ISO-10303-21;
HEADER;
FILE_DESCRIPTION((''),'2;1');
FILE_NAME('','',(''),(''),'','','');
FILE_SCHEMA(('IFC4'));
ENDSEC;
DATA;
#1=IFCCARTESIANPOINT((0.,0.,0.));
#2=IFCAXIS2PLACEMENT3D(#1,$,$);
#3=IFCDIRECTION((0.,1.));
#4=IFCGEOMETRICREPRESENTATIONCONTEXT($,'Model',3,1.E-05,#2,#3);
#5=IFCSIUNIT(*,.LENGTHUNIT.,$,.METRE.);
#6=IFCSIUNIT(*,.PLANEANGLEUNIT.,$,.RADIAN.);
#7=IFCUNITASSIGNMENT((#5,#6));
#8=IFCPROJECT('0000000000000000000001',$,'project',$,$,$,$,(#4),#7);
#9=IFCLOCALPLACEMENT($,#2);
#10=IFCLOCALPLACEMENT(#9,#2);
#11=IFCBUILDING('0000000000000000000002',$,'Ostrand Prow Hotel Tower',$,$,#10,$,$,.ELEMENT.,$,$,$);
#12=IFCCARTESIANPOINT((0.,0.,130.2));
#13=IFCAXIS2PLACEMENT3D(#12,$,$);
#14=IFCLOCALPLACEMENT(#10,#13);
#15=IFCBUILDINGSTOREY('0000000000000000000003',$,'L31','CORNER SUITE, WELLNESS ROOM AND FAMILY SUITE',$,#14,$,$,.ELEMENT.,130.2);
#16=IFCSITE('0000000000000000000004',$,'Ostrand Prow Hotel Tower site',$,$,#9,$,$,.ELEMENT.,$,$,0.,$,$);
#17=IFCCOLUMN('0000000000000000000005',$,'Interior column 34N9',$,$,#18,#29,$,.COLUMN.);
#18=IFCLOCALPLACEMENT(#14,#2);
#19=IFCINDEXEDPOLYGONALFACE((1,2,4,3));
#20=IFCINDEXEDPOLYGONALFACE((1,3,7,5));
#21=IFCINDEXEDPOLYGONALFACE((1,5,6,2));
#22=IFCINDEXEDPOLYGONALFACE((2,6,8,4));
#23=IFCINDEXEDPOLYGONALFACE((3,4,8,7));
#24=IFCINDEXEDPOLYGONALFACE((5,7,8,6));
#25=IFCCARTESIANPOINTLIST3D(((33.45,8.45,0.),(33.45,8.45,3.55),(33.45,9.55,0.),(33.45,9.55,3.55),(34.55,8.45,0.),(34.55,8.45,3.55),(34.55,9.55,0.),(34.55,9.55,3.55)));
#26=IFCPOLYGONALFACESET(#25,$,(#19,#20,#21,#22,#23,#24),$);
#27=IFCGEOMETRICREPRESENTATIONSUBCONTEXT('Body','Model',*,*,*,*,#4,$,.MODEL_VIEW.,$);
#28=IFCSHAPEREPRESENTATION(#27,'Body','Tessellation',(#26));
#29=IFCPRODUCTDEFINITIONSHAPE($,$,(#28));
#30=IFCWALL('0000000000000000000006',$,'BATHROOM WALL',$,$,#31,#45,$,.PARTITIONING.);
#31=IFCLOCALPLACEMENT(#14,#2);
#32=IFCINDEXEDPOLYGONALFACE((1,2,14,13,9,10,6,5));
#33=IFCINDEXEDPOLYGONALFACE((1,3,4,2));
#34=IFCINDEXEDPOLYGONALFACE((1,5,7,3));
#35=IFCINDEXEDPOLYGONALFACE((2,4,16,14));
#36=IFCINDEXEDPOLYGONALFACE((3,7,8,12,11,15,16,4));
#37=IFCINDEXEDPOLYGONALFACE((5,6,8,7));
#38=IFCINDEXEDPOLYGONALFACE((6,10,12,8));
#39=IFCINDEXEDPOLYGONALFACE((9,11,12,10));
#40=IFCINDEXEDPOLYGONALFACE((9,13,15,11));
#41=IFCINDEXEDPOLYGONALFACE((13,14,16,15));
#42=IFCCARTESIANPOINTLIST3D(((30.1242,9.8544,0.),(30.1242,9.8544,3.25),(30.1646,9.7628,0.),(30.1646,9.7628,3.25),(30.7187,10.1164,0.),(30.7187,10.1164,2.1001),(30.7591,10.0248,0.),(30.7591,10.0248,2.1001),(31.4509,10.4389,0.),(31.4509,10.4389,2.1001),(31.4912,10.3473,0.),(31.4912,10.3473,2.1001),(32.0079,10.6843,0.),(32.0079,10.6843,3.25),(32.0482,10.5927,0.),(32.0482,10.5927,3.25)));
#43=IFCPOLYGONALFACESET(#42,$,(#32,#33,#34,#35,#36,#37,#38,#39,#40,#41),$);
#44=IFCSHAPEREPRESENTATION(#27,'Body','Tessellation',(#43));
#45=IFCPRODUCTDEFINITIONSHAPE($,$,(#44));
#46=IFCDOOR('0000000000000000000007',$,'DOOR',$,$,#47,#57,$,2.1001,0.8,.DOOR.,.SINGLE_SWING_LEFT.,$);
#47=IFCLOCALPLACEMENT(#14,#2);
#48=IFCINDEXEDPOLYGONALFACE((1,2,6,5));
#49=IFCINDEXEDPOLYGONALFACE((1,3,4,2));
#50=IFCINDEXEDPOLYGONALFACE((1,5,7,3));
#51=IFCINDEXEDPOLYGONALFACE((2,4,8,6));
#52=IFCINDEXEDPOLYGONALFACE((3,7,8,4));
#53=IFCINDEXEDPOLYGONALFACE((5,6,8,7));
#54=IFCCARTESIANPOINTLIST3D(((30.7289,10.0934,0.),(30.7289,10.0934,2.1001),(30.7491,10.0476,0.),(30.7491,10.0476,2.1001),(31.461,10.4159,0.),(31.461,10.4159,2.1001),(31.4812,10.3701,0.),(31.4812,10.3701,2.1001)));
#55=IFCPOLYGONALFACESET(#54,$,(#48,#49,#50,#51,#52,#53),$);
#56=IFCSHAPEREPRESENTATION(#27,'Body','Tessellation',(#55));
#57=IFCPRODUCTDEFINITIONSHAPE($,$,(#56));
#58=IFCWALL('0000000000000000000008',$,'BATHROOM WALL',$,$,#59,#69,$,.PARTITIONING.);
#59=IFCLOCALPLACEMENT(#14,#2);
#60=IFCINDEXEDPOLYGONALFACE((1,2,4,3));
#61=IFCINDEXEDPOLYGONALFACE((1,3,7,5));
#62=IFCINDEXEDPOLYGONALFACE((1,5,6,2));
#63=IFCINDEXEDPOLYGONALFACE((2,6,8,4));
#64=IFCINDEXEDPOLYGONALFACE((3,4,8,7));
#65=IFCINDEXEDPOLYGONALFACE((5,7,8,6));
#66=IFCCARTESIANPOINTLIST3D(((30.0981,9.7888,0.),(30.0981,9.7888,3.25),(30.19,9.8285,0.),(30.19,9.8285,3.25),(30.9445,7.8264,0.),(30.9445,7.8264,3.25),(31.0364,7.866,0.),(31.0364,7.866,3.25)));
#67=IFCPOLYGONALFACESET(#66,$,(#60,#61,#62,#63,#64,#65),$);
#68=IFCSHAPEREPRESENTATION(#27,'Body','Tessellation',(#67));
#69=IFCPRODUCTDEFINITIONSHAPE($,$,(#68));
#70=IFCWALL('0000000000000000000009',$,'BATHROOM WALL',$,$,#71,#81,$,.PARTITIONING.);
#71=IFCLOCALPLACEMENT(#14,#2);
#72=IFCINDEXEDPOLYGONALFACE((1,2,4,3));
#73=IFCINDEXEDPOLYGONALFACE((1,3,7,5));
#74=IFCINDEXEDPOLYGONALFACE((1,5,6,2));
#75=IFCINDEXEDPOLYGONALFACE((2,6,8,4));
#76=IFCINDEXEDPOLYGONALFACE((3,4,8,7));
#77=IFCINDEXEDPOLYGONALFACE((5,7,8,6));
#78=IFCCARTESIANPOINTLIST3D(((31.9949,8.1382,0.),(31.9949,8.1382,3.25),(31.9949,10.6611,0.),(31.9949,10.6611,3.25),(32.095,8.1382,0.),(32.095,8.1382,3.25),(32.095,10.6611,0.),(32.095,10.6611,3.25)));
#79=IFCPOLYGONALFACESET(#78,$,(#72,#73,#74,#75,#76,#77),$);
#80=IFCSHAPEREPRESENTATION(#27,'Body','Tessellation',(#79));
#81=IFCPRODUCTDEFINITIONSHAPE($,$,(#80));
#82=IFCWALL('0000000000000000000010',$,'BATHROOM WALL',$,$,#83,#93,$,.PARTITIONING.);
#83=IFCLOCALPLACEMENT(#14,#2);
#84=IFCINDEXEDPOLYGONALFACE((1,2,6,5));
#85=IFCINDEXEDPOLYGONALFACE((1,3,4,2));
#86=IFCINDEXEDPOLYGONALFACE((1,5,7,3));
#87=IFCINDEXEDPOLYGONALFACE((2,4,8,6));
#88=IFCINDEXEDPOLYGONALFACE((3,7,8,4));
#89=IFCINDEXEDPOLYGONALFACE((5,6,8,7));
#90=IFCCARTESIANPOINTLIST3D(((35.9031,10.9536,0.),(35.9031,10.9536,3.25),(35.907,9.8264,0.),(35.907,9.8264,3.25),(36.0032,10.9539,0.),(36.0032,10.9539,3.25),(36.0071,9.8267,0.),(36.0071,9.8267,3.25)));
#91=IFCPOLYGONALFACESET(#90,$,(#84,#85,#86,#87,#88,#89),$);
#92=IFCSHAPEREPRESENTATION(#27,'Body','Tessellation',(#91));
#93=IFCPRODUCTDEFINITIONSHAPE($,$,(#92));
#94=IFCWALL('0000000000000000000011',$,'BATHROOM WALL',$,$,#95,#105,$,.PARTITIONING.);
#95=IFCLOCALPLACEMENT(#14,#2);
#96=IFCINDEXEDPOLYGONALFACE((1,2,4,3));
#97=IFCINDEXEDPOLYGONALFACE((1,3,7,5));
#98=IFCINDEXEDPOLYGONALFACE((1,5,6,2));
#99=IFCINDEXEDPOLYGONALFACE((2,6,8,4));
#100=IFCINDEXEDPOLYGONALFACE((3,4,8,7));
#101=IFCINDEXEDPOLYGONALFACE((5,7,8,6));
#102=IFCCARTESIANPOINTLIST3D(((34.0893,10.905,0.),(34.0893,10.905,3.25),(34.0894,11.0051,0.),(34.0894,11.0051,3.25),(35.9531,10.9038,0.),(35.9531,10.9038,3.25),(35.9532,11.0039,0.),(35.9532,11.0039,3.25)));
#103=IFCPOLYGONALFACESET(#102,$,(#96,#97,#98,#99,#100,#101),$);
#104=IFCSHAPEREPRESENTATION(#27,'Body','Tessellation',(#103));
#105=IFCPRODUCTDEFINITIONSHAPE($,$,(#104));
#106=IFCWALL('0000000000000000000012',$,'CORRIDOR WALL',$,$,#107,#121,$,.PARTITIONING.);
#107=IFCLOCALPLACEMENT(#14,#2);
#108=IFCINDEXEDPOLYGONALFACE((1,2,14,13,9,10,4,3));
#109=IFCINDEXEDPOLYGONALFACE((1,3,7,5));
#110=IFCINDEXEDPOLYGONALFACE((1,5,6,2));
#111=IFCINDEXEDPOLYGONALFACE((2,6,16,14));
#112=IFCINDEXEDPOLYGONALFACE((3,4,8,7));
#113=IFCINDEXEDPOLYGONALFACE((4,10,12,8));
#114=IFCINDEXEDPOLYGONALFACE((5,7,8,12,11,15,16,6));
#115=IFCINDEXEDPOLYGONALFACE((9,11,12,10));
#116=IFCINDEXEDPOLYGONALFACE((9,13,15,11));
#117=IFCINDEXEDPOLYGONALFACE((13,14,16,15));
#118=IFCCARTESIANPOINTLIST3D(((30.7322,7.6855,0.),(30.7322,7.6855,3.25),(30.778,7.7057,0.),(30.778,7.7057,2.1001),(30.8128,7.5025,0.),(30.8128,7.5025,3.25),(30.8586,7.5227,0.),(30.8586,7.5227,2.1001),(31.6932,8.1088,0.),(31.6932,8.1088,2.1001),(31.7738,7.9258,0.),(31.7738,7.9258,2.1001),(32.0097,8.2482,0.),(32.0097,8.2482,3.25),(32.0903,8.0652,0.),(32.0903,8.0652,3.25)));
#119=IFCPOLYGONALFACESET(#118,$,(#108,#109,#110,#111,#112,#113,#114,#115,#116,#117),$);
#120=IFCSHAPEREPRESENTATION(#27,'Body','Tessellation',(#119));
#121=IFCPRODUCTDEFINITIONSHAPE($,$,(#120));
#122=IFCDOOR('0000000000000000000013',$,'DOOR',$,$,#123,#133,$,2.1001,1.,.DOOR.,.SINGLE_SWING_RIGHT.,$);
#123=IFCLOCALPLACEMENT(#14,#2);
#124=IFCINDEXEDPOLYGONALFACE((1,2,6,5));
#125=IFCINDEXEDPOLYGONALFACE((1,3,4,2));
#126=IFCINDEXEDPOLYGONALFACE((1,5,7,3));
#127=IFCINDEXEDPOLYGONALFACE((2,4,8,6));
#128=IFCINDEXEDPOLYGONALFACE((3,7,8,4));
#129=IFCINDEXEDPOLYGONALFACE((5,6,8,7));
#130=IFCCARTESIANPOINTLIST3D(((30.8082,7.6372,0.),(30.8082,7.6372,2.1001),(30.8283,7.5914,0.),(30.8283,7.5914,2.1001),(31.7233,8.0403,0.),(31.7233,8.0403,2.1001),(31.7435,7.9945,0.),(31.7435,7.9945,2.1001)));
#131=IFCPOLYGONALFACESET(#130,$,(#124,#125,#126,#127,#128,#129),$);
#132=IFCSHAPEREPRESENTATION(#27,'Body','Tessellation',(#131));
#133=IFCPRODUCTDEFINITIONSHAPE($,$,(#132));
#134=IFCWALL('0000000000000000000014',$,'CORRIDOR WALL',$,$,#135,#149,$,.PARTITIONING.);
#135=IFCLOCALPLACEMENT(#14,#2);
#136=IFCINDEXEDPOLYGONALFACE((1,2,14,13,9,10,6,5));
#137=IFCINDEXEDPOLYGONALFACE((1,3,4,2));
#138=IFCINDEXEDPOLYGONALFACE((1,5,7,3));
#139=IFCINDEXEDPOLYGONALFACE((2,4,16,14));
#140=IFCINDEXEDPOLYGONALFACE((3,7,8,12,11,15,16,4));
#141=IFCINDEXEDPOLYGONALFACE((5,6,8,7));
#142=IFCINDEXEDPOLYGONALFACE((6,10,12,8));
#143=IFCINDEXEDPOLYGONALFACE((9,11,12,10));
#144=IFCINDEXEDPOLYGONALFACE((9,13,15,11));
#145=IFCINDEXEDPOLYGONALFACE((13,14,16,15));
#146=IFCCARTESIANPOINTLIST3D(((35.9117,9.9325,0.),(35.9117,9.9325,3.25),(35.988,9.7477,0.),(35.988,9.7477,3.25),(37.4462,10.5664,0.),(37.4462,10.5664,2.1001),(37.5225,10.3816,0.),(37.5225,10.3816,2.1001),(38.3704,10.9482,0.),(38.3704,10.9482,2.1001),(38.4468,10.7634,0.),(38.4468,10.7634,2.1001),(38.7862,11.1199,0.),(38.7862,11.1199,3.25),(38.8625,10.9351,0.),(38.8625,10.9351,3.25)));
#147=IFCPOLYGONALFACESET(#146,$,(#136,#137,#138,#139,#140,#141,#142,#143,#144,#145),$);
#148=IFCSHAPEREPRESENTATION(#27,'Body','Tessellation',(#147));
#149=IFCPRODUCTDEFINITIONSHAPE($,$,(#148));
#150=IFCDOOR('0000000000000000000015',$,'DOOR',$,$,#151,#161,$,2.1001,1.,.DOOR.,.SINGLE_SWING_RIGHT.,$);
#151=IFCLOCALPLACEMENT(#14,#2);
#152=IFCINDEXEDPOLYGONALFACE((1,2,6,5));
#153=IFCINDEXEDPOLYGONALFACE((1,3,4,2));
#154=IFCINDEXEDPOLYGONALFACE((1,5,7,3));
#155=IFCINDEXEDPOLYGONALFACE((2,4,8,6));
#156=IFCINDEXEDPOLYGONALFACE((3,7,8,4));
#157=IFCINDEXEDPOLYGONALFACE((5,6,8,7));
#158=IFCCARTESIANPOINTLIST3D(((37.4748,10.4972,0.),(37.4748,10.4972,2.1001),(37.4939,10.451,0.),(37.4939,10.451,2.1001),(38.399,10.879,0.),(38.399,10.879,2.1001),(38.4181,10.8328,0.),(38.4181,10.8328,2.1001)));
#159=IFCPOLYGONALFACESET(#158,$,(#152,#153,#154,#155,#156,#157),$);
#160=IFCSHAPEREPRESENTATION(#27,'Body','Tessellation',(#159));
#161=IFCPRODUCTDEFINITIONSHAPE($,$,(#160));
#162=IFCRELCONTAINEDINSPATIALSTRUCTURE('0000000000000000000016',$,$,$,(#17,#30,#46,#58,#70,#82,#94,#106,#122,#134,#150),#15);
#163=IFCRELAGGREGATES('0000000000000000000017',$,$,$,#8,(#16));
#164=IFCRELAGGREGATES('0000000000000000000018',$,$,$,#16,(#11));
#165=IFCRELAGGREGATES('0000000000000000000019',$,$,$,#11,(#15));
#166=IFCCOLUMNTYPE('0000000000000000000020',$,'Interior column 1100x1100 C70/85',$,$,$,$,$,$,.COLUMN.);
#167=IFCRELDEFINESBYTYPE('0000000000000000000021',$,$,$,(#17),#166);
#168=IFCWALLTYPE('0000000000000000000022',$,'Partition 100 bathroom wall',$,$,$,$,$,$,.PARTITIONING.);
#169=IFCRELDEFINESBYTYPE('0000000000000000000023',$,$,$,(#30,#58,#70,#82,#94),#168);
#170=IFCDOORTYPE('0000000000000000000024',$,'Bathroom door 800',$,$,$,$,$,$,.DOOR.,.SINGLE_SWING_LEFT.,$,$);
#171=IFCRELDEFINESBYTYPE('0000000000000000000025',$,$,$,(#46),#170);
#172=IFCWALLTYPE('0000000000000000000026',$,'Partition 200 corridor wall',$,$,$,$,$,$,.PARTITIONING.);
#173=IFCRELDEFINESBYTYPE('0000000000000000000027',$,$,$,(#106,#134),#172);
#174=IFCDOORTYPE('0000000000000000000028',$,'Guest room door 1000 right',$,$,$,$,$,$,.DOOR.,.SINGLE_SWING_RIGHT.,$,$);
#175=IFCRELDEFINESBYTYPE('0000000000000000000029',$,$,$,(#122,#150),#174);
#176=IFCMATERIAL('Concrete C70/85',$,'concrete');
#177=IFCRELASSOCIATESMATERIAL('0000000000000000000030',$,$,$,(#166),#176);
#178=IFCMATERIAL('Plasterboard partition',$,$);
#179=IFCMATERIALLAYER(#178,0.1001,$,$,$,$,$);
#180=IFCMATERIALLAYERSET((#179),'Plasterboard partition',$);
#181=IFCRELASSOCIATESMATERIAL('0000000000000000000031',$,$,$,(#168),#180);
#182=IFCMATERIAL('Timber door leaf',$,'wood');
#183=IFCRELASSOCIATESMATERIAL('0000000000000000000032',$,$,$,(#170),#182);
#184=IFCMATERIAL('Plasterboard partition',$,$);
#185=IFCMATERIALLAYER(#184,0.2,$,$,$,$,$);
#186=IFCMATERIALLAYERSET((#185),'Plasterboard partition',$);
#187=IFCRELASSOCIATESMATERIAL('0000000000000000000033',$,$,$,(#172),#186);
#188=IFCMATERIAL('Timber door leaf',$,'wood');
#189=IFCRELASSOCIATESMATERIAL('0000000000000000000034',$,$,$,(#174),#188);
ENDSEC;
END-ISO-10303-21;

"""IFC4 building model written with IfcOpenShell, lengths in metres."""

from ifc_helpers import new_model, si_unit, direction, frame, frame_2d, origin, origin_2d, place, context, subcontext, project, spatial, rectangle, extrude, material, layer, layer_set, material_profile, profile_set, type_object, element, fill, save


model = new_model("IFC4")

# Units and contexts
model_context = context("Model", 3, precision=1e-05, world=origin(), true_north=direction((0.0, 1.0)))
body_context = subcontext(model_context, "Body", "Model", "MODEL_VIEW")
ifc_project = project(units=[si_unit("LENGTHUNIT", "METRE"), si_unit("PLANEANGLEUNIT", "RADIAN")], contexts=[model_context])

# Site, building, storey
site_placement = place(None, origin())
site = spatial("IfcSite", under=ifc_project, at=site_placement, Name="Ostrand Prow Hotel Tower site", CompositionType="ELEMENT", RefElevation=0.0)
building_placement = place(site_placement, origin())
building = spatial("IfcBuilding", under=site, at=building_placement, Name="Ostrand Prow Hotel Tower", CompositionType="ELEMENT")
storey_placement = place(building_placement, frame((0.0, 0.0, 130.2)))
storey = spatial("IfcBuildingStorey", under=building, at=storey_placement, Name="L31", Description="CORNER SUITE, WELLNESS ROOM AND FAMILY SUITE", CompositionType="ELEMENT", Elevation=130.2)

# Column
ifc_material_1 = material(Name="Concrete C70/85", Category="concrete")
ifc_material_profile = material_profile(ifc_material_1, rectangle(XDim=1.1001, YDim=1.1001, at=origin_2d()), Name="RC 1100x1100")
ifc_profile_set = profile_set([ifc_material_profile], Name="Concrete C70/85")
column_type = type_object("IfcColumnType", Name="Interior column 1100x1100 C70/85", PredefinedType="COLUMN", material=ifc_profile_set)
column_placement = place(storey_placement, frame((34.0, 9.0, 0.0), z_axis=(0.0, 0.0, 1.0), x_axis=(1.0, 0.0, 0.0)))
element("IfcColumn", 1, at=column_placement, inside=storey, type_object=column_type, Name="Interior column 34N9", PredefinedType="COLUMN", context=body_context, shape_type="SweptSolid", body=[
    extrude(rectangle(XDim=1.1001, YDim=1.1001, at=origin_2d()), origin(), (0.0, 0.0, 1.0), 3.55),
])

# Wall, opening, door
ifc_material_2 = material(Name="Plasterboard partition")
ifc_layer_1 = layer(ifc_material_2, 0.1001)
ifc_layer_set_1 = layer_set([ifc_layer_1], Name="Plasterboard partition")
wall_type_1 = type_object("IfcWallType", Name="Partition 100 bathroom wall", PredefinedType="PARTITIONING", material=ifc_layer_set_1)
wall_1_placement = place(storey_placement, frame((30.1443, 9.8086, 0.0), z_axis=(0.0, 0.0, 1.0), x_axis=(0.915123, 0.403176, 0.0)))
wall_1 = element("IfcWall", 2, at=wall_1_placement, inside=storey, type_object=wall_type_1, Name="BATHROOM WALL", PredefinedType="PARTITIONING", context=body_context, shape_type="SweptSolid", body=[
    extrude(rectangle(XDim=2.0583, YDim=0.1001, at=frame_2d((1.0293, 0.0))), origin(), (0.0, 0.0, 1.0), 3.25),
])
opening_1_placement = place(wall_1_placement, frame((0.6499, 0.0, 0.0)))
opening_1 = element("IfcOpeningElement", 3, at=opening_1_placement, cuts=wall_1, PredefinedType="OPENING", context=body_context, shape_type="SweptSolid", body=[
    extrude(rectangle(XDim=0.8, YDim=2.1001, at=frame_2d((0.3999, 1.05))), frame((0.0, 0.0601, 0.0), z_axis=(0.0, -1.0, 0.0), x_axis=(1.0, 0.0, 0.0)), (0.0, 0.0, 1.0), 0.1201),
])
ifc_material_3 = material(Name="Timber door leaf", Category="wood")
door_type_1 = type_object("IfcDoorType", Name="Bathroom door 800", OperationType="SINGLE_SWING_LEFT", PredefinedType="DOOR", material=ifc_material_3)
door_1_placement = place(opening_1_placement, origin())
door_1 = element("IfcDoor", 4, at=door_1_placement, inside=storey, type_object=door_type_1, Name="DOOR", OperationType="SINGLE_SWING_LEFT", OverallHeight=2.1001, OverallWidth=0.8, PredefinedType="DOOR", context=body_context, shape_type="SweptSolid", body=[
    extrude(rectangle(XDim=0.8, YDim=2.1001, at=frame_2d((0.3999, 1.05))), frame((0.0, 0.0249, 0.0), z_axis=(0.0, -1.0, 0.0), x_axis=(1.0, 0.0, 0.0)), (0.0, 0.0, 1.0), 0.05),
])
fill(opening_1, door_1)

# Walls
wall_2_placement = place(storey_placement, frame((30.9905, 7.8462, 0.0), z_axis=(0.0, 0.0, 1.0), x_axis=(-0.396055, 0.918227, 0.0)))
element("IfcWall", 5, at=wall_2_placement, inside=storey, type_object=wall_type_1, Name="BATHROOM WALL", PredefinedType="PARTITIONING", context=body_context, shape_type="SweptSolid", body=[
    extrude(rectangle(XDim=2.1372, YDim=0.1001, at=frame_2d((1.0686, 0.0))), origin(), (0.0, 0.0, 1.0), 3.25),
])
wall_3_placement = place(storey_placement, frame((32.0449, 10.6611, 0.0), z_axis=(0.0, 0.0, 1.0), x_axis=(0.0, -1.0, 0.0)))
element("IfcWall", 6, at=wall_3_placement, inside=storey, type_object=wall_type_1, Name="BATHROOM WALL", PredefinedType="PARTITIONING", context=body_context, shape_type="SweptSolid", body=[
    extrude(rectangle(XDim=2.5229, YDim=0.1001, at=frame_2d((1.2615, 0.0))), origin(), (0.0, 0.0, 1.0), 3.25),
])
wall_4_placement = place(storey_placement, frame((35.957, 9.8267, 0.0), z_axis=(0.0, 0.0, 1.0), x_axis=(-0.003465, 0.999994, 0.0)))
element("IfcWall", 7, at=wall_4_placement, inside=storey, type_object=wall_type_1, Name="BATHROOM WALL", PredefinedType="PARTITIONING", context=body_context, shape_type="SweptSolid", body=[
    extrude(rectangle(XDim=1.1272, YDim=0.1001, at=frame_2d((0.5635, 0.0))), origin(), (0.0, 0.0, 1.0), 3.25),
])
wall_5_placement = place(storey_placement, frame((35.9531, 10.9539, 0.0), z_axis=(0.0, 0.0, 1.0), x_axis=(-1.0, 0.000655, 0.0)))
element("IfcWall", 8, at=wall_5_placement, inside=storey, type_object=wall_type_1, Name="BATHROOM WALL", PredefinedType="PARTITIONING", context=body_context, shape_type="SweptSolid", body=[
    extrude(rectangle(XDim=1.8638, YDim=0.1001, at=frame_2d((0.9319, 0.0))), origin(), (0.0, 0.0, 1.0), 3.25),
])

# Walls, openings, doors
ifc_material_4 = material(Name="Plasterboard partition")
ifc_layer_2 = layer(ifc_material_4, 0.2)
ifc_layer_set_2 = layer_set([ifc_layer_2], Name="Plasterboard partition")
wall_type_2 = type_object("IfcWallType", Name="Partition 200 corridor wall", PredefinedType="PARTITIONING", material=ifc_layer_set_2)
wall_6_placement = place(storey_placement, frame((32.05, 8.1567, 0.0), z_axis=(0.0, 0.0, 1.0), x_axis=(-0.915155, -0.403102, 0.0)))
wall_6 = element("IfcWall", 9, at=wall_6_placement, inside=storey, type_object=wall_type_2, Name="CORRIDOR WALL", PredefinedType="PARTITIONING", context=body_context, shape_type="SweptSolid", body=[
    extrude(rectangle(XDim=1.396, YDim=0.2, at=frame_2d((0.698, 0.0))), origin(), (0.0, 0.0, 1.0), 3.25),
])
opening_2_placement = place(wall_6_placement, frame((0.3459, 0.0, 0.0)))
opening_2 = element("IfcOpeningElement", 10, at=opening_2_placement, cuts=wall_6, PredefinedType="OPENING", context=body_context, shape_type="SweptSolid", body=[
    extrude(rectangle(XDim=1.0, YDim=2.1001, at=frame_2d((0.5, 1.05))), frame((0.0, 0.1099, 0.0), z_axis=(0.0, -1.0, 0.0), x_axis=(1.0, 0.0, 0.0)), (0.0, 0.0, 1.0), 0.22),
])
ifc_material_5 = material(Name="Timber door leaf", Category="wood")
door_type_2 = type_object("IfcDoorType", Name="Guest room door 1000 right", OperationType="SINGLE_SWING_RIGHT", PredefinedType="DOOR", material=ifc_material_5)
door_2_placement = place(opening_2_placement, origin())
door_2 = element("IfcDoor", 11, at=door_2_placement, inside=storey, type_object=door_type_2, Name="DOOR", OperationType="SINGLE_SWING_RIGHT", OverallHeight=2.1001, OverallWidth=1.0, PredefinedType="DOOR", context=body_context, shape_type="SweptSolid", body=[
    extrude(rectangle(XDim=1.0, YDim=2.1001, at=frame_2d((0.5, 1.05))), frame((0.0, 0.0249, 0.0), z_axis=(0.0, -1.0, 0.0), x_axis=(1.0, 0.0, 0.0)), (0.0, 0.0, 1.0), 0.05),
])
fill(opening_2, door_2)
wall_7_placement = place(storey_placement, frame((38.8245, 11.0276, 0.0), z_axis=(0.0, 0.0, 1.0), x_axis=(-0.924239, -0.381816, 0.0)))
wall_7 = element("IfcWall", 12, at=wall_7_placement, inside=storey, type_object=wall_type_2, Name="CORRIDOR WALL", PredefinedType="PARTITIONING", context=body_context, shape_type="SweptSolid", body=[
    extrude(rectangle(XDim=3.1101, YDim=0.2, at=frame_2d((1.5552, 0.0))), origin(), (0.0, 0.0, 1.0), 3.25),
])
opening_3_placement = place(wall_7_placement, frame((0.45, 0.0, 0.0)))
opening_3 = element("IfcOpeningElement", 13, at=opening_3_placement, cuts=wall_7, PredefinedType="OPENING", context=body_context, shape_type="SweptSolid", body=[
    extrude(rectangle(XDim=1.0, YDim=2.1001, at=frame_2d((0.5, 1.05))), frame((0.0, 0.1099, 0.0), z_axis=(0.0, -1.0, 0.0), x_axis=(1.0, 0.0, 0.0)), (0.0, 0.0, 1.0), 0.22),
])
door_3_placement = place(opening_3_placement, origin())
door_3 = element("IfcDoor", 14, at=door_3_placement, inside=storey, type_object=door_type_2, Name="DOOR", OperationType="SINGLE_SWING_RIGHT", OverallHeight=2.1001, OverallWidth=1.0, PredefinedType="DOOR", context=body_context, shape_type="SweptSolid", body=[
    extrude(rectangle(XDim=1.0, YDim=2.1001, at=frame_2d((0.5, 1.05))), frame((0.0, 0.0249, 0.0), z_axis=(0.0, -1.0, 0.0), x_axis=(1.0, 0.0, 0.0)), (0.0, 0.0, 1.0), 0.05),
])
fill(opening_3, door_3)

save(model, "model.ifc")
